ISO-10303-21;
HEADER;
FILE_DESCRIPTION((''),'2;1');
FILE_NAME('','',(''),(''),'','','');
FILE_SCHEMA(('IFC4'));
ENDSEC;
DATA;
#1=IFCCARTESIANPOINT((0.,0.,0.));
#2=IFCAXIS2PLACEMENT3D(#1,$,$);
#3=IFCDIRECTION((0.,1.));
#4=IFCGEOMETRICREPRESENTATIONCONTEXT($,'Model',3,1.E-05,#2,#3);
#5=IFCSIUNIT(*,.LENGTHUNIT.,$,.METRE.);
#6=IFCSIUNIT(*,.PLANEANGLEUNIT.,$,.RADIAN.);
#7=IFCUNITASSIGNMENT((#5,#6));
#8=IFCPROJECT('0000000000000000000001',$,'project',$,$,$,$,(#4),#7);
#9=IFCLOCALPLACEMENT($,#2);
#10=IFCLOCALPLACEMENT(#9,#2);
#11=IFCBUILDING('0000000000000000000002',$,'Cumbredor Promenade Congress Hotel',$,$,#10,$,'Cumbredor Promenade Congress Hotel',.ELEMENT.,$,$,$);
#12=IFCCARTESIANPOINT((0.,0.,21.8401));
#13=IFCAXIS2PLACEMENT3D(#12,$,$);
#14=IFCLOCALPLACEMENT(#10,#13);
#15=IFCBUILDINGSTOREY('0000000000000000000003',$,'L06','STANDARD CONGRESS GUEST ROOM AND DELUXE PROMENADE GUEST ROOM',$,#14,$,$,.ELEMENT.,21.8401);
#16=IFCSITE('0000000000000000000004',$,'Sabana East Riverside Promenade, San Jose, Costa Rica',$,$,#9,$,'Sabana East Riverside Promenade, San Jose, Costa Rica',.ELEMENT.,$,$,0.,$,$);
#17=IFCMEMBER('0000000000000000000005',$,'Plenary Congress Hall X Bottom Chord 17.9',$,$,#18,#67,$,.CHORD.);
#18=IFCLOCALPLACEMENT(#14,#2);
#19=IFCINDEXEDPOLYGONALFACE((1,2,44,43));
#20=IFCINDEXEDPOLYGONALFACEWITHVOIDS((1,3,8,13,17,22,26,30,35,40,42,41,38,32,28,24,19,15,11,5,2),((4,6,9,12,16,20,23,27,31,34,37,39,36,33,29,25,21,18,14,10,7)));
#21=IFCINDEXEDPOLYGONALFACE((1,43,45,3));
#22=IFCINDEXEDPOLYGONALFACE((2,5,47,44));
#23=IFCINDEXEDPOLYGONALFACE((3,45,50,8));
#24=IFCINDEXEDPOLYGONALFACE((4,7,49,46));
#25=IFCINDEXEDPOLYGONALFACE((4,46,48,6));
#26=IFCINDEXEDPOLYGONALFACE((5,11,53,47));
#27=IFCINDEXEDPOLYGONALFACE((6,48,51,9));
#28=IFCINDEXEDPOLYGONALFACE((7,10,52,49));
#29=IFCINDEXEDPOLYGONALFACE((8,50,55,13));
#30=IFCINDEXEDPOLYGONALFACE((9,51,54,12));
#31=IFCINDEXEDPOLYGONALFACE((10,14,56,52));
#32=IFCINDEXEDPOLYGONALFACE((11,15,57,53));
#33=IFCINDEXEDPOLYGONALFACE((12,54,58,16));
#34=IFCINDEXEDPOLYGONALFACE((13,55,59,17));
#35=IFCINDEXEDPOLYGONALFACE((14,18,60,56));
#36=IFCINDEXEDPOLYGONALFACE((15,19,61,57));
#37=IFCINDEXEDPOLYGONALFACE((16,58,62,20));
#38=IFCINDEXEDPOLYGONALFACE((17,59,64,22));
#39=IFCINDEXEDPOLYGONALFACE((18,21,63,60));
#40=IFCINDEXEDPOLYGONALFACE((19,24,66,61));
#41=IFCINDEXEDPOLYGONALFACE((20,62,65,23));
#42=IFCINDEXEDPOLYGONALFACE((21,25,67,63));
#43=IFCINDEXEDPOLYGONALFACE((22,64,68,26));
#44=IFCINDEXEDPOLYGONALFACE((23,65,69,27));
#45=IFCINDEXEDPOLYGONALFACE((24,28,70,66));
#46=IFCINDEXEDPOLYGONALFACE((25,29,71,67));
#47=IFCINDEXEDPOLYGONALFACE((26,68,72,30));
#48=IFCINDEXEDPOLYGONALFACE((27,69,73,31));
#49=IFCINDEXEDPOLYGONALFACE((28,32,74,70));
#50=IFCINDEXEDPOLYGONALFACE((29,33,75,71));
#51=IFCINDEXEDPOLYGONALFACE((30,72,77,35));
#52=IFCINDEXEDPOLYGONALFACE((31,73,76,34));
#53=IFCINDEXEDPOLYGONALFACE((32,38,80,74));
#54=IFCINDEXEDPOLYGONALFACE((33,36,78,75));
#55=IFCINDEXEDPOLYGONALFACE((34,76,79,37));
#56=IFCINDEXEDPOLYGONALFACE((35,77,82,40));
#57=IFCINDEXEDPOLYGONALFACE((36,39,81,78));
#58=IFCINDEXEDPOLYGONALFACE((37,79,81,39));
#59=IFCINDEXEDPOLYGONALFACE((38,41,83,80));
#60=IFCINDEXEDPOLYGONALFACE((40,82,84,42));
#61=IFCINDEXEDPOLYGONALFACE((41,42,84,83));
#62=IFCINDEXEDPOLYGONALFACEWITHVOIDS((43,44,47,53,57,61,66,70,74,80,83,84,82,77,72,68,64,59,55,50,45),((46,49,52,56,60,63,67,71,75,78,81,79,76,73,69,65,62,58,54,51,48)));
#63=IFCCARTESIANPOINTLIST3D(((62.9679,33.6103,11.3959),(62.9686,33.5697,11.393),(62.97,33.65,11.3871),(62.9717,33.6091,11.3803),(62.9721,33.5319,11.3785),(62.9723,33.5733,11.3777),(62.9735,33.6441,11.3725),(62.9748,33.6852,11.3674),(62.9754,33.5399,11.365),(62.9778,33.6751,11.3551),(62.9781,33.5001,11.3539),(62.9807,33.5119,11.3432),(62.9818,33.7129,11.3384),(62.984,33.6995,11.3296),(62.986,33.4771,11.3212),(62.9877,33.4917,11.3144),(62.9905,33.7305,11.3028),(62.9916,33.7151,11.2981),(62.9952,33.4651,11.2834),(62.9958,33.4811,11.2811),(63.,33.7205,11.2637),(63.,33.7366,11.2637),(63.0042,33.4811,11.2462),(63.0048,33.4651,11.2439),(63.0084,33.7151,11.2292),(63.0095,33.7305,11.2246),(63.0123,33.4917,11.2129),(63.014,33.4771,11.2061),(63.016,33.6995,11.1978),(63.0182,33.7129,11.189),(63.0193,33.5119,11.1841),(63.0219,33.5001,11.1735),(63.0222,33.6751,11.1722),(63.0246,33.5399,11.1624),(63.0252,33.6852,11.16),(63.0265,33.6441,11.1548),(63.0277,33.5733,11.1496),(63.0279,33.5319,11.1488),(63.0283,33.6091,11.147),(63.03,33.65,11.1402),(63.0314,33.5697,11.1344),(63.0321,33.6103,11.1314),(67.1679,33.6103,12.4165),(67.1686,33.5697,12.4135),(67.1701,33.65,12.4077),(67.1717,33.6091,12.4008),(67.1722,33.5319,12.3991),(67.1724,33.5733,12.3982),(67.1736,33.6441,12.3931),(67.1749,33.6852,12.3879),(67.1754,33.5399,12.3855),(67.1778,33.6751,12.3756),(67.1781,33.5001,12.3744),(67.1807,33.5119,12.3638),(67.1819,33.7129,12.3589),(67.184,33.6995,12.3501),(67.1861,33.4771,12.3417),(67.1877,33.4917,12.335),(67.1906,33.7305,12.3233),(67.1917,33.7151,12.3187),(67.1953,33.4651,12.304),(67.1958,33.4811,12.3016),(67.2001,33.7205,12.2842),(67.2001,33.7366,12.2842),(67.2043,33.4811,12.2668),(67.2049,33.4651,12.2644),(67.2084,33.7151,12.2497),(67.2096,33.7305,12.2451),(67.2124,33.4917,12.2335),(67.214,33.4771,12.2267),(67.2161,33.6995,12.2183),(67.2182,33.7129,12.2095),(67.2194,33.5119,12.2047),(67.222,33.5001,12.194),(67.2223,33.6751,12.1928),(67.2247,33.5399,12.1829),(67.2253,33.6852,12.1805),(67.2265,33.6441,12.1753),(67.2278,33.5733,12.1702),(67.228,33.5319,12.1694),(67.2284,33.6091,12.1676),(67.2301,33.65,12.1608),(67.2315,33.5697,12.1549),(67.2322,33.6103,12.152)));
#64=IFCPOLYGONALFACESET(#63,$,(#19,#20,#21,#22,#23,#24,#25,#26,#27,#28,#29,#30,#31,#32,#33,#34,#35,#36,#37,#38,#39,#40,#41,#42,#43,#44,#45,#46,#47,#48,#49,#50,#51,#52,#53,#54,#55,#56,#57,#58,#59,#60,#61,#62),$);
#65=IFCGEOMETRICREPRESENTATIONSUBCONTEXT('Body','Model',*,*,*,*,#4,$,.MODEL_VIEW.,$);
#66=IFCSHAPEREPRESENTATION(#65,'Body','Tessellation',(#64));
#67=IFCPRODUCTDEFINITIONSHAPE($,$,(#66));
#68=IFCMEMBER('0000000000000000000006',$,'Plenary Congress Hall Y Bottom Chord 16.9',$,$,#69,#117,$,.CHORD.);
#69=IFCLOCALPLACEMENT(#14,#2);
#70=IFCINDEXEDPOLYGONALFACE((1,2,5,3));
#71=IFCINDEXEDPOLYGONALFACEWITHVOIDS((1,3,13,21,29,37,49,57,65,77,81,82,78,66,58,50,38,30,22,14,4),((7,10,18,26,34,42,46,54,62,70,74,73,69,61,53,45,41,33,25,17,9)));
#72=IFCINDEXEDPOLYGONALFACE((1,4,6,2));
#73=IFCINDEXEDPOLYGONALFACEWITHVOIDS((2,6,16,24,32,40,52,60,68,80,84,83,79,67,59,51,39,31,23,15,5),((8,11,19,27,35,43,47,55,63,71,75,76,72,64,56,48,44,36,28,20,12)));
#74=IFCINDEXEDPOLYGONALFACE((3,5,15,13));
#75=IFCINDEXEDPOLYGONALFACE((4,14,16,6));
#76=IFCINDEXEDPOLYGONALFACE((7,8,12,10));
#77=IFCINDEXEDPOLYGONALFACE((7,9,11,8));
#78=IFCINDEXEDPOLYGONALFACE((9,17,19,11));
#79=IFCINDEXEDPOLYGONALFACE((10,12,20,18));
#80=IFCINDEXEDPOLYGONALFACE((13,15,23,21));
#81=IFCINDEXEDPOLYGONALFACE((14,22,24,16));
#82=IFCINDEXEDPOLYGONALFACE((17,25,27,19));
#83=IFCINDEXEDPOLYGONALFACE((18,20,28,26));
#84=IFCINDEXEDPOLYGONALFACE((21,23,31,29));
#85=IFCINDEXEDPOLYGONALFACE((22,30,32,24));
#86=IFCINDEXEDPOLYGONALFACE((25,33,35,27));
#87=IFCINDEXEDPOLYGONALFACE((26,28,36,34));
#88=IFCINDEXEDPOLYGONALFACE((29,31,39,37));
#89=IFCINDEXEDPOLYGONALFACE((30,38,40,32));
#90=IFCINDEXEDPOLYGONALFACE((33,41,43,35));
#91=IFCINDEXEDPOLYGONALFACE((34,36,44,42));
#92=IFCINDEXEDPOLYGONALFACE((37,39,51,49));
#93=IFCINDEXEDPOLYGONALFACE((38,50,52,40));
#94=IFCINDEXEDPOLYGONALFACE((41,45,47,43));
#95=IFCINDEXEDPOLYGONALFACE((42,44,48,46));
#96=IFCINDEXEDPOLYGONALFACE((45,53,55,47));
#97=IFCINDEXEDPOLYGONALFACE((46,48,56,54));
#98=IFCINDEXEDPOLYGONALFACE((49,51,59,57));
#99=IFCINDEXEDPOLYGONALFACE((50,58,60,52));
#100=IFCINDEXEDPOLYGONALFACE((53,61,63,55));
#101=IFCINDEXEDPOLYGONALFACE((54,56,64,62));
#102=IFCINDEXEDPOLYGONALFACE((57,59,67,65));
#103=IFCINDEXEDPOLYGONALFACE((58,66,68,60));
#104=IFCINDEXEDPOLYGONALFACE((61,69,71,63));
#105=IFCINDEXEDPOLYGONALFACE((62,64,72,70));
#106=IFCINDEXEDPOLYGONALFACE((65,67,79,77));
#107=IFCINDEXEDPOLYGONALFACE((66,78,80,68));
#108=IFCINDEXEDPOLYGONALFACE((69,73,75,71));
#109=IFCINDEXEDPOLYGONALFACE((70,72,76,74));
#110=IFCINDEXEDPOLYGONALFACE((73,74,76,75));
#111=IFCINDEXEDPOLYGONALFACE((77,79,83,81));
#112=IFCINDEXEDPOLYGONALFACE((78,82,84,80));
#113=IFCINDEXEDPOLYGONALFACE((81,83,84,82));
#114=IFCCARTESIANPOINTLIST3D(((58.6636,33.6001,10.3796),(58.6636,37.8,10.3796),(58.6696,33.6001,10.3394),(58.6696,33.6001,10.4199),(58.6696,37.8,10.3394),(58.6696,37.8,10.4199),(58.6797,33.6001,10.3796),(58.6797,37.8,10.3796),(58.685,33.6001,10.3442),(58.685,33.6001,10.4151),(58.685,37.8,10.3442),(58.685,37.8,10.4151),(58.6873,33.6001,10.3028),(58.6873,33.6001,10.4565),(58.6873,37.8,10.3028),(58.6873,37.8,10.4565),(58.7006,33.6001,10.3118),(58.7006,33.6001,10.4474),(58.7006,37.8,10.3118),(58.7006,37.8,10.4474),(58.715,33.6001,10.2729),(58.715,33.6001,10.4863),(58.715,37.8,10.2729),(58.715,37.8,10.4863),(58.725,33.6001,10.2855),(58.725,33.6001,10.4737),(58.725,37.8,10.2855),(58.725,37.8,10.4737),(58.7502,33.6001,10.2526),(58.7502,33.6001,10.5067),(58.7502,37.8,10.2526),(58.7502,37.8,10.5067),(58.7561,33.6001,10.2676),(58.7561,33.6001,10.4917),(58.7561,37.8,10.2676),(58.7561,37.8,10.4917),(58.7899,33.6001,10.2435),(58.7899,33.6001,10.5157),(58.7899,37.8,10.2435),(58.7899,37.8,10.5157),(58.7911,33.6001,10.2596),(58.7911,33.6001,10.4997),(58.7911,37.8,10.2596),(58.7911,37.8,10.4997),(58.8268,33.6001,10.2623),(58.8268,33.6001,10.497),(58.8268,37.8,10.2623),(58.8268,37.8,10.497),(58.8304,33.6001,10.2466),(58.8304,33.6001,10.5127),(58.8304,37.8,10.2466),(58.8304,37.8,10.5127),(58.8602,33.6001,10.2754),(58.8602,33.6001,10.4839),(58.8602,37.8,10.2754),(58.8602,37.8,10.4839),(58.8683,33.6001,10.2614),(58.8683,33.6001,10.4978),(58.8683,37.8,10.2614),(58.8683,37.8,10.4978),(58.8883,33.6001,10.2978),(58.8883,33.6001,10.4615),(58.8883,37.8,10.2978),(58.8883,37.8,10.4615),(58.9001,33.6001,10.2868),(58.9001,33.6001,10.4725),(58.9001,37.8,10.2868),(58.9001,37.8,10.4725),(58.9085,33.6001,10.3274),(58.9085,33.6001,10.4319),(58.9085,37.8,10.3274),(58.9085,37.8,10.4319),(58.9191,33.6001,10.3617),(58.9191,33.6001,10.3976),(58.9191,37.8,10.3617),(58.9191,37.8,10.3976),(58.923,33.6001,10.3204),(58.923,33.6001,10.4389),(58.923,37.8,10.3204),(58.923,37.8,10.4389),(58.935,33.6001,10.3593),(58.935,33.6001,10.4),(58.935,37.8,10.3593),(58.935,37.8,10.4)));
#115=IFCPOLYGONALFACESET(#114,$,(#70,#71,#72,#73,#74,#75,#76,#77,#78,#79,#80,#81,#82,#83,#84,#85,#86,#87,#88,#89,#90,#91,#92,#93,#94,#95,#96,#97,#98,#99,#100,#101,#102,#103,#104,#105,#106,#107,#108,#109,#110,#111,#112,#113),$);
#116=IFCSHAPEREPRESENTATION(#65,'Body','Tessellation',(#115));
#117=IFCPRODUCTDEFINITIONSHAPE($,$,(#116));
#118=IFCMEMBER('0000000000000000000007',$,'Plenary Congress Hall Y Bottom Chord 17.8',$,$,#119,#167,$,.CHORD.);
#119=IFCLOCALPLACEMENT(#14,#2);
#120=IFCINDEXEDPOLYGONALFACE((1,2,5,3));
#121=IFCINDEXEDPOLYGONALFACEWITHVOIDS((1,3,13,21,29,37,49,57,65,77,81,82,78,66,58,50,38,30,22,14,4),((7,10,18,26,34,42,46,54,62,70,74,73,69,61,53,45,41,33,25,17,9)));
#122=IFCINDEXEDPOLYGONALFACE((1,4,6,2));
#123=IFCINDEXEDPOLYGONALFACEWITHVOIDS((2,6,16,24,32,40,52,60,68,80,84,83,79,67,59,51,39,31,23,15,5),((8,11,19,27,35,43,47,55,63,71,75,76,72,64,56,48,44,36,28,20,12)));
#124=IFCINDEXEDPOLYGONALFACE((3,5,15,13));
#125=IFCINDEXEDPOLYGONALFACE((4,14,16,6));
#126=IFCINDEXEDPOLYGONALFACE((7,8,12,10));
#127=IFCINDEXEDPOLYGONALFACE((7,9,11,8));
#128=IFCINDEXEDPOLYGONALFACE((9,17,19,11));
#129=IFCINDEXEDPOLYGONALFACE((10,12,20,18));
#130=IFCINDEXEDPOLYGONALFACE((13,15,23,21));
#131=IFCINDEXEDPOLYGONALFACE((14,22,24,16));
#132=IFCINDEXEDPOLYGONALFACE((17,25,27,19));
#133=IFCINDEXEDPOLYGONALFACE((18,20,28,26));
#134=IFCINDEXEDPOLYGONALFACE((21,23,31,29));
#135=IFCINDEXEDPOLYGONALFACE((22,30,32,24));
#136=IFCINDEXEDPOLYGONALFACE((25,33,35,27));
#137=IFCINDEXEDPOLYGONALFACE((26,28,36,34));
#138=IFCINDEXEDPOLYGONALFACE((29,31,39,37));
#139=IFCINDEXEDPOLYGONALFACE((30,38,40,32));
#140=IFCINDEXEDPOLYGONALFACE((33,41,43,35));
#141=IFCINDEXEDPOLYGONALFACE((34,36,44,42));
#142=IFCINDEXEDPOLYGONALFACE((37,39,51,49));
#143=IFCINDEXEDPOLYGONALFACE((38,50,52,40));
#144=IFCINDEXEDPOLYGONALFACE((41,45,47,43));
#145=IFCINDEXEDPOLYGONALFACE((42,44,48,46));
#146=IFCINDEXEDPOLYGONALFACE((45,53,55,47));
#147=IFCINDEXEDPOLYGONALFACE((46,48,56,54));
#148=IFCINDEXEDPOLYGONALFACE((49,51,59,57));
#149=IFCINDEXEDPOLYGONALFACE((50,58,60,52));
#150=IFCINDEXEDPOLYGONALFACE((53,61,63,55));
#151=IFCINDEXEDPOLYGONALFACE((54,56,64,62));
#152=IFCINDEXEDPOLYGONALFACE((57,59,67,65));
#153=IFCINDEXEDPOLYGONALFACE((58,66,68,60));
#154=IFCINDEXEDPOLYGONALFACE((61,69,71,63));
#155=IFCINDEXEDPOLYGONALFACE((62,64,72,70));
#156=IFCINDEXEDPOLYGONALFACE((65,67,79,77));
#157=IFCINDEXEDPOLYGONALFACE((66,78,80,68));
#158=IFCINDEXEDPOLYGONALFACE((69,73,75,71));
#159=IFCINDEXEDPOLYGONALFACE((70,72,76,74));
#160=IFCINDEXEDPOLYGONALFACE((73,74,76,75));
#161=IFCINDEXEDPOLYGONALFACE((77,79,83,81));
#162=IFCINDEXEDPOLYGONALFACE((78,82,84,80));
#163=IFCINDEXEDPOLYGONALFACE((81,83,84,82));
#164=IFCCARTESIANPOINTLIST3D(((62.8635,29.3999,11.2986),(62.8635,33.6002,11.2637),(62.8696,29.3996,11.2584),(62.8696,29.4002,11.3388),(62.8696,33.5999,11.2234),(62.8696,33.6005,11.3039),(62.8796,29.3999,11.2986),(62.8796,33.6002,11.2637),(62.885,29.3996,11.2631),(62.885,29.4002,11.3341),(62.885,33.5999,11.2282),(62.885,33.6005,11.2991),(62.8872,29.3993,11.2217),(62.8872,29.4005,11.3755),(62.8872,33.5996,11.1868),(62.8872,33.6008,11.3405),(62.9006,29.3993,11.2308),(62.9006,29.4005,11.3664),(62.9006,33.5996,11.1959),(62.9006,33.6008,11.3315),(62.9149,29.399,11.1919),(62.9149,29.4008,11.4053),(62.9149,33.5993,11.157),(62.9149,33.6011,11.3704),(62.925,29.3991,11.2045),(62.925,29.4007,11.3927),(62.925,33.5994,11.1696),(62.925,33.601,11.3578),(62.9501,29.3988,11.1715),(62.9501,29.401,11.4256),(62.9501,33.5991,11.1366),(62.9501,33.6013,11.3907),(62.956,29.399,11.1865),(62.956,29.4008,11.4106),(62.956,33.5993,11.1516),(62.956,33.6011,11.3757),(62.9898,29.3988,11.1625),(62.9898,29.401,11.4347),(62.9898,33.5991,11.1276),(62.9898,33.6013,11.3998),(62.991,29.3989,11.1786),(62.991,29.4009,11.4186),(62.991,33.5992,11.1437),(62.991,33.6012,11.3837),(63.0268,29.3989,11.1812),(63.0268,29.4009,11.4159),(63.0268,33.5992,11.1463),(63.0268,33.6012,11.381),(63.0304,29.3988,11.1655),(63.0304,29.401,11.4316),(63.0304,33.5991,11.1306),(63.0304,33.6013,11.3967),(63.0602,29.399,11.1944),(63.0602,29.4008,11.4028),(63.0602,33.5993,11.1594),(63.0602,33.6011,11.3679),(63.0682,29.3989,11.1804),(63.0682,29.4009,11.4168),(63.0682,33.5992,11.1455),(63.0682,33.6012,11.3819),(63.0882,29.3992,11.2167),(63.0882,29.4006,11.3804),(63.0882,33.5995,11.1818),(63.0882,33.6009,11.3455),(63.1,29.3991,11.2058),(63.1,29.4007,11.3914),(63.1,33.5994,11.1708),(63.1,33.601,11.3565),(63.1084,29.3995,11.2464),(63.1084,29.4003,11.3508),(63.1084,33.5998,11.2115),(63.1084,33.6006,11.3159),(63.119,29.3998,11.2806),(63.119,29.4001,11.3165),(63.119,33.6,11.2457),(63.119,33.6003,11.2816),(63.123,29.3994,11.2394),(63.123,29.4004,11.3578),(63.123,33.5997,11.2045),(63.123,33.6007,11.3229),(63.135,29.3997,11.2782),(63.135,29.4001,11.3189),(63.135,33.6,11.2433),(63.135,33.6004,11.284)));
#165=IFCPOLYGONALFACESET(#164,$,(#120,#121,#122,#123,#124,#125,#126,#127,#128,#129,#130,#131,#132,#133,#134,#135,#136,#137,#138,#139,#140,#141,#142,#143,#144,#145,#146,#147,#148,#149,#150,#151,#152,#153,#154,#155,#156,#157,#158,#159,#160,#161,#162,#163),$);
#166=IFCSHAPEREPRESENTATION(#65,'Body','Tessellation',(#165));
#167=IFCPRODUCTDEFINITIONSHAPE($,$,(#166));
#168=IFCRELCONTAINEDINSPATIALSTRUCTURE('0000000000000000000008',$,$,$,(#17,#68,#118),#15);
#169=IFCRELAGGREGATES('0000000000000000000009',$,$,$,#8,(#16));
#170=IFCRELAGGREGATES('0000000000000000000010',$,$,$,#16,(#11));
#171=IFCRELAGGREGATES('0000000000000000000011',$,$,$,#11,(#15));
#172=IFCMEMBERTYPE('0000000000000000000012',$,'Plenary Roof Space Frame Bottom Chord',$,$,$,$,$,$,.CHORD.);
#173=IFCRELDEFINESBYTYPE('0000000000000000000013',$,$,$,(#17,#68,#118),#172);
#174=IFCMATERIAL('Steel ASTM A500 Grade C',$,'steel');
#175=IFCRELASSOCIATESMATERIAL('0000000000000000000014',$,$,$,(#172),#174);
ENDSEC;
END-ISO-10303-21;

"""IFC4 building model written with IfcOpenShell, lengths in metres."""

from ifc_helpers import new_model, si_unit, direction, frame, origin, origin_2d, place, context, subcontext, project, spatial, hollow_circle, extrude, material, material_profile, profile_set, type_object, element, save


model = new_model("IFC4")

# Units and contexts
model_context = context("Model", 3, precision=1e-05, world=origin(), true_north=direction((0.0, 1.0)))
body_context = subcontext(model_context, "Body", "Model", "MODEL_VIEW")
ifc_project = project(units=[si_unit("LENGTHUNIT", "METRE"), si_unit("PLANEANGLEUNIT", "RADIAN")], contexts=[model_context])

# Site, building, storey
site_placement = place(None, origin())
site = spatial("IfcSite", under=ifc_project, at=site_placement, Name="Sabana East Riverside Promenade, San Jose, Costa Rica", LongName="Sabana East Riverside Promenade, San Jose, Costa Rica", CompositionType="ELEMENT", RefElevation=0.0)
building_placement = place(site_placement, origin())
building = spatial("IfcBuilding", under=site, at=building_placement, Name="Cumbredor Promenade Congress Hotel", LongName="Cumbredor Promenade Congress Hotel", CompositionType="ELEMENT")
storey_placement = place(building_placement, frame((0.0, 0.0, 21.8401)))
storey = spatial("IfcBuildingStorey", under=building, at=storey_placement, Name="L06", Description="STANDARD CONGRESS GUEST ROOM AND DELUXE PROMENADE GUEST ROOM", CompositionType="ELEMENT", Elevation=21.8401)

# Members
ifc_material_1 = material(Name="Steel ASTM A500 Grade C", Category="steel")
ifc_material_profile_1 = material_profile(ifc_material_1, hollow_circle(Radius=0.1365, WallThickness=0.0161, at=origin_2d()), Name="CHS 273.0x16")
ifc_profile_set_1 = profile_set([ifc_material_profile_1], Name="Steel ASTM A500 Grade C")
member_type_1 = type_object("IfcMemberType", Name="Plenary Roof Space Frame Bottom Chord", PredefinedType="CHORD", material=ifc_profile_set_1)
member_1_placement = place(storey_placement, frame((63.0, 33.6001, 11.2637), z_axis=(0.971726, 0.0, 0.236111), x_axis=(0.0, 1.0, 0.0)))
element("IfcMember", 1, at=member_1_placement, inside=storey, type_object=member_type_1, Name="Plenary Congress Hall X Bottom Chord 17.9", PredefinedType="CHORD", context=body_context, shape_type="SweptSolid", body=[
    extrude(hollow_circle(Radius=0.1365, WallThickness=0.0161, at=origin_2d()), origin(), (0.0, 0.0, 1.0), 4.3223),
])
member_2_placement = place(storey_placement, frame((58.8, 33.6001, 10.3796), z_axis=(0.0, 1.0, 0.0), x_axis=(-1.0, 0.0, 0.0)))
element("IfcMember", 2, at=member_2_placement, inside=storey, type_object=member_type_1, Name="Plenary Congress Hall Y Bottom Chord 16.9", PredefinedType="CHORD", context=body_context, shape_type="SweptSolid", body=[
    extrude(hollow_circle(Radius=0.1365, WallThickness=0.0161, at=origin_2d()), origin(), (0.0, 0.0, 1.0), 4.2),
])
member_3_placement = place(storey_placement, frame((63.0, 29.3999, 11.2986), z_axis=(0.0, 0.999965, -0.008312), x_axis=(-1.0, 0.0, 0.0)))
element("IfcMember", 3, at=member_3_placement, inside=storey, type_object=member_type_1, Name="Plenary Congress Hall Y Bottom Chord 17.8", PredefinedType="CHORD", context=body_context, shape_type="SweptSolid", body=[
    extrude(hollow_circle(Radius=0.1365, WallThickness=0.0161, at=origin_2d()), origin(), (0.0, 0.0, 1.0), 4.2004),
])

save(model, "model.ifc")
